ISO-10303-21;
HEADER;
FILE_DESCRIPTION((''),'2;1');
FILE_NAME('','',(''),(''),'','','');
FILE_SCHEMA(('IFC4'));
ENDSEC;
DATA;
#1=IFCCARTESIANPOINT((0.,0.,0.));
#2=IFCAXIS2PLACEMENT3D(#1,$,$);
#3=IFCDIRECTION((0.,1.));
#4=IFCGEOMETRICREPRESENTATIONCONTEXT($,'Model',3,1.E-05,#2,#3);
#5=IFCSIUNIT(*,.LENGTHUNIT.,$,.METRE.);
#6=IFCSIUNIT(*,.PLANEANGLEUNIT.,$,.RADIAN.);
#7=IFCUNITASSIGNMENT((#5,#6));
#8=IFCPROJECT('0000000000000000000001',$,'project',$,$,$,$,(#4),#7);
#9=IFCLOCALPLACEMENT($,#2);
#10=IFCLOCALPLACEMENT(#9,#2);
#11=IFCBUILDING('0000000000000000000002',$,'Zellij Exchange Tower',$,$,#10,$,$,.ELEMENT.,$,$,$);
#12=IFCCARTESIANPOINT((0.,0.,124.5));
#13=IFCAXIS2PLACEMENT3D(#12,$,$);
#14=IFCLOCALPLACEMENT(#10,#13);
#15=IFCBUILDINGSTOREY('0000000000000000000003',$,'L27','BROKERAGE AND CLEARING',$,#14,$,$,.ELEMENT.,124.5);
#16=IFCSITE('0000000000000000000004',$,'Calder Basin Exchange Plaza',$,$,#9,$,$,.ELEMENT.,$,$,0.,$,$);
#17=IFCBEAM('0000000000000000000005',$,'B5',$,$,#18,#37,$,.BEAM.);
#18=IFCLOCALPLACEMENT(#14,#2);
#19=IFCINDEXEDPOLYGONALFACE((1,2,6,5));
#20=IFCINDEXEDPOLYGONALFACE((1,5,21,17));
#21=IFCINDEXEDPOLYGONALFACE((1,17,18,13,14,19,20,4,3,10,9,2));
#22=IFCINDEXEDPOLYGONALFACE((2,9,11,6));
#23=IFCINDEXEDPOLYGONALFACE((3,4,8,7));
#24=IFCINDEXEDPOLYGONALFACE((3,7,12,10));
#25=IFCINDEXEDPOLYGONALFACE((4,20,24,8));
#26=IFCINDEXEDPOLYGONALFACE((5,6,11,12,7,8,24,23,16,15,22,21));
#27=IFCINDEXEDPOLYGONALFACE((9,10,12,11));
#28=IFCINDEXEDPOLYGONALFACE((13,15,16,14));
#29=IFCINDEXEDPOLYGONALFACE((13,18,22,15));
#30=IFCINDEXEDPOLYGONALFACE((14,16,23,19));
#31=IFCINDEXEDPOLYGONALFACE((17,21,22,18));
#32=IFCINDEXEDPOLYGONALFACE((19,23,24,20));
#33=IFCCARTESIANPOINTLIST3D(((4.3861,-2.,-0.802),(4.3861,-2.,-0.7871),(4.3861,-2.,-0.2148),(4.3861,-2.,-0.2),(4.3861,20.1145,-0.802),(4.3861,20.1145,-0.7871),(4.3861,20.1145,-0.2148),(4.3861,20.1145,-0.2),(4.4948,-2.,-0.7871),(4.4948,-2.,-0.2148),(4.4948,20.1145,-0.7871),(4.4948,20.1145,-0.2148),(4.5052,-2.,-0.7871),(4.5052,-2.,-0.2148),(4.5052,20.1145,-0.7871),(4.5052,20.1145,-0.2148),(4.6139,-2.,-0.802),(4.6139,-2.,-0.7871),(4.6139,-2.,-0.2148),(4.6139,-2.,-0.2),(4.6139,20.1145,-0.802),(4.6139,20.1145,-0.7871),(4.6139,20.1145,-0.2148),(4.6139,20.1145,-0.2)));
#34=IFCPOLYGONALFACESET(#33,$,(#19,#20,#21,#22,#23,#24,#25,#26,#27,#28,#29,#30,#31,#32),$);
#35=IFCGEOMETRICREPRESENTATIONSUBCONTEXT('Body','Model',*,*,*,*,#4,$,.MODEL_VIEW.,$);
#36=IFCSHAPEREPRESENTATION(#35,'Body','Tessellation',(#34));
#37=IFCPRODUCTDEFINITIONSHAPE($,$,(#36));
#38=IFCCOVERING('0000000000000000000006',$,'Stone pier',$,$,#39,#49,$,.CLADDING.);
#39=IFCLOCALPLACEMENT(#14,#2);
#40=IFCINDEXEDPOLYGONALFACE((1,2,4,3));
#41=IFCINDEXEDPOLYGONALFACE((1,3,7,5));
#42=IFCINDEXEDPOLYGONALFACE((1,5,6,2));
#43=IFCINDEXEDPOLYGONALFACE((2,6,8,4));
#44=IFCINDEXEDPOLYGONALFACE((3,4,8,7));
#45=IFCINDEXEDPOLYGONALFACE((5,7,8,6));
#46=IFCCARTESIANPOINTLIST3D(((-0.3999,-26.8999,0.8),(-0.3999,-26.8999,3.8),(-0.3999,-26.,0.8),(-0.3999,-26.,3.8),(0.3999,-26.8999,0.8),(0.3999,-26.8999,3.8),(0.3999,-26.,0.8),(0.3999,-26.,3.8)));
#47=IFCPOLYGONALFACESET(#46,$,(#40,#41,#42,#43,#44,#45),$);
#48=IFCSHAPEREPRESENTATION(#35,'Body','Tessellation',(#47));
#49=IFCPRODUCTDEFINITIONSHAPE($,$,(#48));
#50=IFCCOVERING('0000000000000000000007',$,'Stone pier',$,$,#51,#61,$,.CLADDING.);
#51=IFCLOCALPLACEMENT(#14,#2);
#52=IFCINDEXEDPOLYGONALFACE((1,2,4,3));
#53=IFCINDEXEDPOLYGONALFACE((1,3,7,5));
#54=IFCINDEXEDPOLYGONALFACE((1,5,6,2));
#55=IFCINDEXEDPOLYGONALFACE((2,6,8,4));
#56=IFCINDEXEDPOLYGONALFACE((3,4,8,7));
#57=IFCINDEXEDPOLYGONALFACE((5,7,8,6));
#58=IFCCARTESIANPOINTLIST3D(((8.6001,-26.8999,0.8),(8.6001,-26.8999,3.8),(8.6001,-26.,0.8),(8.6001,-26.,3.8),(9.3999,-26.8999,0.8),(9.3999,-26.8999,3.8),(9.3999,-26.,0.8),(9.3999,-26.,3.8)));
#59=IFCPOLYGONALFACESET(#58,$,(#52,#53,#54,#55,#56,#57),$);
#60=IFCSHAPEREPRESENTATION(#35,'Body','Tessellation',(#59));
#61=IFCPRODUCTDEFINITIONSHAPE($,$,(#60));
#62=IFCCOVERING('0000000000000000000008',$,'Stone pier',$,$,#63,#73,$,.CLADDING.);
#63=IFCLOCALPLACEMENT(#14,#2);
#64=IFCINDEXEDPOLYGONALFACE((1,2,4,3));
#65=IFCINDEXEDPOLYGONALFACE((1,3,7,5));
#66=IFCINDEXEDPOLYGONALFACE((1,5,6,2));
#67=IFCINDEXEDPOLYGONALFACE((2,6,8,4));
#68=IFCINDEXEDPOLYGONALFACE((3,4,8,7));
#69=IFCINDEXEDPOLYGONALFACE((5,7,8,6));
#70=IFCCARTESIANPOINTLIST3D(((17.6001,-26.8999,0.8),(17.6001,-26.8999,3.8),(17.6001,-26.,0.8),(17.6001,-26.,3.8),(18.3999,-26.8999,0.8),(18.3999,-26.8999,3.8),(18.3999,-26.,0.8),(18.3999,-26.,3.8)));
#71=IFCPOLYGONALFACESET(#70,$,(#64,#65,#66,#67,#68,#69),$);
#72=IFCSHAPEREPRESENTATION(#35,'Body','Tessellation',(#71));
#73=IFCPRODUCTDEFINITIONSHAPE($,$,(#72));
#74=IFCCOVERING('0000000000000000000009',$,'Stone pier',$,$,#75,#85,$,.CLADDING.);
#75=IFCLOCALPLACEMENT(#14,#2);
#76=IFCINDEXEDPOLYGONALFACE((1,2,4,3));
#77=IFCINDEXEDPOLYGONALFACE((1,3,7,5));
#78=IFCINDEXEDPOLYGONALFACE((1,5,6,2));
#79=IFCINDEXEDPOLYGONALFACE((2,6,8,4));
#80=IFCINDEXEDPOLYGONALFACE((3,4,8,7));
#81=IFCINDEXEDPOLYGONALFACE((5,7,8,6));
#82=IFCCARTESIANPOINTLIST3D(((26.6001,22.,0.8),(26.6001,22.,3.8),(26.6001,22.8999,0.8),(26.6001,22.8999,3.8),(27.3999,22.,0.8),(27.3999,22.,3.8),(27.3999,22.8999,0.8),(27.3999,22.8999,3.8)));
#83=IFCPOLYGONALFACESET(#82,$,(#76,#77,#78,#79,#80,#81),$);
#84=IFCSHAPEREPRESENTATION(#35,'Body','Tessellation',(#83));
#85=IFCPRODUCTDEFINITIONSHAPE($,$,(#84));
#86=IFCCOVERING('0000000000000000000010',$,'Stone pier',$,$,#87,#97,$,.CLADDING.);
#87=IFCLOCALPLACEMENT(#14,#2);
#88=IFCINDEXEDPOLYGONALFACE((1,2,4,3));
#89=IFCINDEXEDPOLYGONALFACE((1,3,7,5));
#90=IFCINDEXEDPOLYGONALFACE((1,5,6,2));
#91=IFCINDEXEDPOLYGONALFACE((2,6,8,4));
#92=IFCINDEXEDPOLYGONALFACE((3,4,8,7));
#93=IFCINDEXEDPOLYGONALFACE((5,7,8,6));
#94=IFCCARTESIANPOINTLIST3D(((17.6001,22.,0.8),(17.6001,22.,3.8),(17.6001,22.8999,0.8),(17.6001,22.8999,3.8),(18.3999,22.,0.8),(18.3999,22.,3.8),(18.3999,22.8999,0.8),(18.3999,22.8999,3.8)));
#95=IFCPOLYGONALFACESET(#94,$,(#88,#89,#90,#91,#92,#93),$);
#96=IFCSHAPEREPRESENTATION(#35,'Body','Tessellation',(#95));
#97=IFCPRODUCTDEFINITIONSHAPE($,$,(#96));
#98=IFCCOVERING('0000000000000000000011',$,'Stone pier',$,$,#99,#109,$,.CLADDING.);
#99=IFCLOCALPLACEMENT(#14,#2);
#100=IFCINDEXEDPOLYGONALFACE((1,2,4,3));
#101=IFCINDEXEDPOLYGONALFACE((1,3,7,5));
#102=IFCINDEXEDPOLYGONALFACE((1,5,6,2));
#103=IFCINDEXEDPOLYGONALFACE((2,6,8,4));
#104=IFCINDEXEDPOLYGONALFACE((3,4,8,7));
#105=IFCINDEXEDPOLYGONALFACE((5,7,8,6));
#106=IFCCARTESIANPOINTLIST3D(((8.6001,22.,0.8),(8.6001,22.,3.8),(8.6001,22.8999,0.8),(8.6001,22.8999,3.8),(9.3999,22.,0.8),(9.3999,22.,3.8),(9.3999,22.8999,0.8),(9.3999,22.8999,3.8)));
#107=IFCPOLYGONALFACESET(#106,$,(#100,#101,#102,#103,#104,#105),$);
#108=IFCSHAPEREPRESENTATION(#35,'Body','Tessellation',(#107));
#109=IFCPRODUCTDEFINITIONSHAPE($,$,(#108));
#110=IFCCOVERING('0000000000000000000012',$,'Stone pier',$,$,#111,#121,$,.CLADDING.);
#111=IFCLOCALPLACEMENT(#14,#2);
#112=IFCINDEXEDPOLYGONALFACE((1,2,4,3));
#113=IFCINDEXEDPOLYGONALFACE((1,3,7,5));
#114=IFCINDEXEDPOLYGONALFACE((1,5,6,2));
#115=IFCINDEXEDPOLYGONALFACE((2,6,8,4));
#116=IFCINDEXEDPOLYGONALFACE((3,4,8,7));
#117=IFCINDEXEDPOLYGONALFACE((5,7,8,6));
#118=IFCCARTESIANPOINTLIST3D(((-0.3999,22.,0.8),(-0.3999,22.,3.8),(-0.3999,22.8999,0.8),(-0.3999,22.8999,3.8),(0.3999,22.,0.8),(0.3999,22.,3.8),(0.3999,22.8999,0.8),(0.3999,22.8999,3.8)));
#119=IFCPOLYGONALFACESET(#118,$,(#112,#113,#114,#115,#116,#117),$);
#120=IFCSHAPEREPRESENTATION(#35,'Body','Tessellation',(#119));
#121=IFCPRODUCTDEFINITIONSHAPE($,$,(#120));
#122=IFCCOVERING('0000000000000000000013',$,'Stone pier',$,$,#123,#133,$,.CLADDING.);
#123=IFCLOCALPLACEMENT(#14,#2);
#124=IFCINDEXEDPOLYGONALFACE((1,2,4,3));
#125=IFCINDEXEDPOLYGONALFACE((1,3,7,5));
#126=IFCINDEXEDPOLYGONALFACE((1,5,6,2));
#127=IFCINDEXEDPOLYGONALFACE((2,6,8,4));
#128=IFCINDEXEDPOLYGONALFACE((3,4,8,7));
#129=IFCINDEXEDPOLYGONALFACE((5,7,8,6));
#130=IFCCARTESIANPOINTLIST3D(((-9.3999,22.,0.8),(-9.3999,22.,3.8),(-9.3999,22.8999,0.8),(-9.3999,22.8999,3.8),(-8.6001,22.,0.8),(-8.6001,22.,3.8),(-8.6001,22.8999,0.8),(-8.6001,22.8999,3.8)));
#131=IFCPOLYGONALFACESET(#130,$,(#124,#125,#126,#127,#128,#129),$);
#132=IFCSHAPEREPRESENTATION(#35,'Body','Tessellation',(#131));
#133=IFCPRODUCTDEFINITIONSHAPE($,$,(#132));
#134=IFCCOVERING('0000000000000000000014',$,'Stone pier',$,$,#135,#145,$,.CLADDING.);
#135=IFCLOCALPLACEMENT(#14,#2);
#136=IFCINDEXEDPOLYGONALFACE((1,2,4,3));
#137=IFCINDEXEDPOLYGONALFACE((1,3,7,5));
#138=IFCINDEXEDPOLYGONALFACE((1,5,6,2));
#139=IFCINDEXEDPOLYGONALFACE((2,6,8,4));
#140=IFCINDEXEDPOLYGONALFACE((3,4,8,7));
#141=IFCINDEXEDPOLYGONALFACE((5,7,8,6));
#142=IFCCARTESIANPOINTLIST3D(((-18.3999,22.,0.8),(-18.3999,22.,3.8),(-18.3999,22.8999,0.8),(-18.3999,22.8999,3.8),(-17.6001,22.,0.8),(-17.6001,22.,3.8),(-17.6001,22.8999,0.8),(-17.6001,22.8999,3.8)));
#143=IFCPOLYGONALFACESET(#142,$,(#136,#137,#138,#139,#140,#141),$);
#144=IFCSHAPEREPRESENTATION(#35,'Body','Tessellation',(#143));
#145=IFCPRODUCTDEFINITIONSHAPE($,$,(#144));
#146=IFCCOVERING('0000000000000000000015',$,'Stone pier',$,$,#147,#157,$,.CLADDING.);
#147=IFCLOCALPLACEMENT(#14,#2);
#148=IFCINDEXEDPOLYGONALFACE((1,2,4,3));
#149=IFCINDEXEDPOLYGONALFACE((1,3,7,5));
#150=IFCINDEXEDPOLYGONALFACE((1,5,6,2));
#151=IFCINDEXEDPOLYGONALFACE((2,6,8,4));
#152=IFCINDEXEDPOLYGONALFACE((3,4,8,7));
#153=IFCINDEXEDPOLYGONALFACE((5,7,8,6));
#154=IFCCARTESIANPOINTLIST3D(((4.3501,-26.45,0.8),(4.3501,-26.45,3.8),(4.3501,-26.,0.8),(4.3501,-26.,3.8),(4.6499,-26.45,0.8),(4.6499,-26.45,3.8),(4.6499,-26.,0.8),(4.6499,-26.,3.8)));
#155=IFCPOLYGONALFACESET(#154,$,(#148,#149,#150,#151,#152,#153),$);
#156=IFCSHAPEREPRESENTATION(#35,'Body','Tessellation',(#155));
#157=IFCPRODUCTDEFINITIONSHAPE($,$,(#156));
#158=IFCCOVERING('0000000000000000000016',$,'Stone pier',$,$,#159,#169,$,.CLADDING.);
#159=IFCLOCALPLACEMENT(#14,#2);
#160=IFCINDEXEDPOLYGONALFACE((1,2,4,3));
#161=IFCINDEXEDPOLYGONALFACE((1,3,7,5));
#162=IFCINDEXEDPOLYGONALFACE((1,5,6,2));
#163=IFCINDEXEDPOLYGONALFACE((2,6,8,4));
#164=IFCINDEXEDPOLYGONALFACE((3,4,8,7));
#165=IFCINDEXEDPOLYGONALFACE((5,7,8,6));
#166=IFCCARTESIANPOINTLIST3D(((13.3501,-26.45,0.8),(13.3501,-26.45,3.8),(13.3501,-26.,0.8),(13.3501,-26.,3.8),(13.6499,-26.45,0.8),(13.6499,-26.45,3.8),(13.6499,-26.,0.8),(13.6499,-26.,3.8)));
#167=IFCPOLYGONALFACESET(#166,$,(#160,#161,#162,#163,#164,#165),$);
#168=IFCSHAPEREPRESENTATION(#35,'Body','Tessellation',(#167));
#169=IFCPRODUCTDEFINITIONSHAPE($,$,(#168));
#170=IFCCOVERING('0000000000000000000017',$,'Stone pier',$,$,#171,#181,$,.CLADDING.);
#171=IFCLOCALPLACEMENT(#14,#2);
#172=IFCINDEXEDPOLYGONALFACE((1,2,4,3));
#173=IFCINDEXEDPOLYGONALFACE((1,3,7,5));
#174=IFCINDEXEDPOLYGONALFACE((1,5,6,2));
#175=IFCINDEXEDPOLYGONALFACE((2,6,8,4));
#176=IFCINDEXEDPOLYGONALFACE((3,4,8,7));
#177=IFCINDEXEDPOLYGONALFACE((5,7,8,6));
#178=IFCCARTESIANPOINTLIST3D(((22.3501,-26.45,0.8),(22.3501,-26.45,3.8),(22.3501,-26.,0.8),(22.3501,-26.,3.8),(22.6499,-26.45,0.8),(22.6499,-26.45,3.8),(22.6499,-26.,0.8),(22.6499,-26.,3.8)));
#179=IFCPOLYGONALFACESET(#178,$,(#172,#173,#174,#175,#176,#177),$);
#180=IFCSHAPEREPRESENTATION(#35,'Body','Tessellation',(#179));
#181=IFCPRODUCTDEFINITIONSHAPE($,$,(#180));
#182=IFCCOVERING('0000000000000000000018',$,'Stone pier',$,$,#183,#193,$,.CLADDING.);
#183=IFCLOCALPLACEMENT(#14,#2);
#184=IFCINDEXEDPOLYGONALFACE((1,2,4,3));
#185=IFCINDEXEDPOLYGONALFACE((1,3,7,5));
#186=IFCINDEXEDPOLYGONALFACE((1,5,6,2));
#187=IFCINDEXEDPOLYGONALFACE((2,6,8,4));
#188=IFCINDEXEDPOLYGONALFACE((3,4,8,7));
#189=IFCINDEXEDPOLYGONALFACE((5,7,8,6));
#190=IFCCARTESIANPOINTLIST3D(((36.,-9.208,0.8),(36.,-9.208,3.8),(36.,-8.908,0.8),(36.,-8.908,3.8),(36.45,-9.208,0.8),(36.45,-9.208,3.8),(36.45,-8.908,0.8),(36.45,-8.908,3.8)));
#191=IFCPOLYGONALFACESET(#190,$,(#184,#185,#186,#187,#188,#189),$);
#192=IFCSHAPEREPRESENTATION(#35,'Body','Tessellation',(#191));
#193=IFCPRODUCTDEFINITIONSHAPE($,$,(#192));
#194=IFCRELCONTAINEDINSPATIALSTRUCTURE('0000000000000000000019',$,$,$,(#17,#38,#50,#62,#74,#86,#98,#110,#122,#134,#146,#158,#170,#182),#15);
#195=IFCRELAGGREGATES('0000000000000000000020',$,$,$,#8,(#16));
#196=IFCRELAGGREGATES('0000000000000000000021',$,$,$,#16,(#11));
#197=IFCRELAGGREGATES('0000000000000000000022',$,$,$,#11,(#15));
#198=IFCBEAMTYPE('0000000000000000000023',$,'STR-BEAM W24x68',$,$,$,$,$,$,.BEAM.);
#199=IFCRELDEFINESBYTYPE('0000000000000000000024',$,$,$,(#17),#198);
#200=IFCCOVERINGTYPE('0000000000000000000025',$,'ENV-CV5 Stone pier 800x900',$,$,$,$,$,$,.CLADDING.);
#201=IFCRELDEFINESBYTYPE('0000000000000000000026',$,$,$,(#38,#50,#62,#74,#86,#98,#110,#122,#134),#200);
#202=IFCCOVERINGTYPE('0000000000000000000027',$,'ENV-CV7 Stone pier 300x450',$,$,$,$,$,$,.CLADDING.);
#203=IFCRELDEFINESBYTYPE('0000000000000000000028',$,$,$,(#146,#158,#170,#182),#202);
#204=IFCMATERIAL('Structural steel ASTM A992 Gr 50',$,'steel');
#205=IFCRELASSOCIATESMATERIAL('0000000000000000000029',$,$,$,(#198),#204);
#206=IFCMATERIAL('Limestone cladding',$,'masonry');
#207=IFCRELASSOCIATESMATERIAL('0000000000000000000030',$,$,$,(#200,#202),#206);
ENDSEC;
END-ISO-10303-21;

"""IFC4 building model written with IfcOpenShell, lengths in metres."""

from ifc_helpers import new_model, si_unit, direction, frame, origin, origin_2d, place, context, subcontext, project, spatial, polyline, i_section, outline, extrude, material, material_profile, profile_set, type_object, element, save


model = new_model("IFC4")

# Units and contexts
model_context = context("Model", 3, precision=1e-05, world=origin(), true_north=direction((0.0, 1.0)))
body_context = subcontext(model_context, "Body", "Model", "MODEL_VIEW")
ifc_project = project(units=[si_unit("LENGTHUNIT", "METRE"), si_unit("PLANEANGLEUNIT", "RADIAN")], contexts=[model_context])

# Site, building, storey
site_placement = place(None, origin())
site = spatial("IfcSite", under=ifc_project, at=site_placement, Name="Calder Basin Exchange Plaza", CompositionType="ELEMENT", RefElevation=0.0)
building_placement = place(site_placement, origin())
building = spatial("IfcBuilding", under=site, at=building_placement, Name="Zellij Exchange Tower", CompositionType="ELEMENT")
storey_placement = place(building_placement, frame((0.0, 0.0, 124.5)))
storey = spatial("IfcBuildingStorey", under=building, at=storey_placement, Name="L27", Description="BROKERAGE AND CLEARING", CompositionType="ELEMENT", Elevation=124.5)

# Beam
ifc_material_1 = material(Name="Structural steel ASTM A992 Gr 50", Category="steel")
ifc_material_profile = material_profile(ifc_material_1, i_section(OverallWidth=0.2278, OverallDepth=0.6021, WebThickness=0.0105, FlangeThickness=0.0149, at=origin_2d()), Name="W24x68")
ifc_profile_set = profile_set([ifc_material_profile], Name="Structural steel ASTM A992 Gr 50")
beam_type = type_object("IfcBeamType", Name="STR-BEAM W24x68", PredefinedType="BEAM", material=ifc_profile_set)
beam_placement = place(storey_placement, frame((4.5, -2.0, -0.501), z_axis=(0.0, 1.0, 0.0), x_axis=(-1.0, 0.0, 0.0)))
element("IfcBeam", 1, at=beam_placement, inside=storey, type_object=beam_type, Name="B5", PredefinedType="BEAM", context=body_context, shape_type="SweptSolid", body=[
    extrude(i_section(OverallWidth=0.2278, OverallDepth=0.6021, WebThickness=0.0105, FlangeThickness=0.0149, at=origin_2d()), origin(), (0.0, 0.0, 1.0), 22.1145),
])

# Coverings
ifc_material_2 = material(Name="Limestone cladding", Category="masonry")
covering_type_1 = type_object("IfcCoveringType", Name="ENV-CV5 Stone pier 800x900", PredefinedType="CLADDING", material=ifc_material_2)
covering_1_placement = place(storey_placement, frame((0.0, 0.0, 0.8)))
element("IfcCovering", 2, at=covering_1_placement, inside=storey, type_object=covering_type_1, Name="Stone pier", PredefinedType="CLADDING", context=body_context, shape_type="SweptSolid", body=[
    extrude(outline(polyline([(-0.3999, -26.0), (0.3999, -26.0), (0.3999, -26.8999), (-0.3999, -26.8999), (-0.3999, -26.0)])), origin(), (0.0, 0.0, 1.0), 3.0),
])
covering_2_placement = place(storey_placement, frame((0.0, 0.0, 0.8)))
element("IfcCovering", 3, at=covering_2_placement, inside=storey, type_object=covering_type_1, Name="Stone pier", PredefinedType="CLADDING", context=body_context, shape_type="SweptSolid", body=[
    extrude(outline(polyline([(8.6001, -26.0), (9.3999, -26.0), (9.3999, -26.8999), (8.6001, -26.8999), (8.6001, -26.0)])), origin(), (0.0, 0.0, 1.0), 3.0),
])
covering_3_placement = place(storey_placement, frame((0.0, 0.0, 0.8)))
element("IfcCovering", 4, at=covering_3_placement, inside=storey, type_object=covering_type_1, Name="Stone pier", PredefinedType="CLADDING", context=body_context, shape_type="SweptSolid", body=[
    extrude(outline(polyline([(17.6001, -26.0), (18.3999, -26.0), (18.3999, -26.8999), (17.6001, -26.8999), (17.6001, -26.0)])), origin(), (0.0, 0.0, 1.0), 3.0),
])
covering_4_placement = place(storey_placement, frame((0.0, 0.0, 0.8)))
element("IfcCovering", 5, at=covering_4_placement, inside=storey, type_object=covering_type_1, Name="Stone pier", PredefinedType="CLADDING", context=body_context, shape_type="SweptSolid", body=[
    extrude(outline(polyline([(27.3999, 22.0), (26.6001, 22.0), (26.6001, 22.8999), (27.3999, 22.8999), (27.3999, 22.0)])), origin(), (0.0, 0.0, 1.0), 3.0),
])
covering_5_placement = place(storey_placement, frame((0.0, 0.0, 0.8)))
element("IfcCovering", 6, at=covering_5_placement, inside=storey, type_object=covering_type_1, Name="Stone pier", PredefinedType="CLADDING", context=body_context, shape_type="SweptSolid", body=[
    extrude(outline(polyline([(18.3999, 22.0), (17.6001, 22.0), (17.6001, 22.8999), (18.3999, 22.8999), (18.3999, 22.0)])), origin(), (0.0, 0.0, 1.0), 3.0),
])
covering_6_placement = place(storey_placement, frame((0.0, 0.0, 0.8)))
element("IfcCovering", 7, at=covering_6_placement, inside=storey, type_object=covering_type_1, Name="Stone pier", PredefinedType="CLADDING", context=body_context, shape_type="SweptSolid", body=[
    extrude(outline(polyline([(9.3999, 22.0), (8.6001, 22.0), (8.6001, 22.8999), (9.3999, 22.8999), (9.3999, 22.0)])), origin(), (0.0, 0.0, 1.0), 3.0),
])
covering_7_placement = place(storey_placement, frame((0.0, 0.0, 0.8)))
element("IfcCovering", 8, at=covering_7_placement, inside=storey, type_object=covering_type_1, Name="Stone pier", PredefinedType="CLADDING", context=body_context, shape_type="SweptSolid", body=[
    extrude(outline(polyline([(0.3999, 22.0), (-0.3999, 22.0), (-0.3999, 22.8999), (0.3999, 22.8999), (0.3999, 22.0)])), origin(), (0.0, 0.0, 1.0), 3.0),
])
covering_8_placement = place(storey_placement, frame((0.0, 0.0, 0.8)))
element("IfcCovering", 9, at=covering_8_placement, inside=storey, type_object=covering_type_1, Name="Stone pier", PredefinedType="CLADDING", context=body_context, shape_type="SweptSolid", body=[
    extrude(outline(polyline([(-8.6001, 22.0), (-9.3999, 22.0), (-9.3999, 22.8999), (-8.6001, 22.8999), (-8.6001, 22.0)])), origin(), (0.0, 0.0, 1.0), 3.0),
])
covering_9_placement = place(storey_placement, frame((0.0, 0.0, 0.8)))
element("IfcCovering", 10, at=covering_9_placement, inside=storey, type_object=covering_type_1, Name="Stone pier", PredefinedType="CLADDING", context=body_context, shape_type="SweptSolid", body=[
    extrude(outline(polyline([(-17.6001, 22.0), (-18.3999, 22.0), (-18.3999, 22.8999), (-17.6001, 22.8999), (-17.6001, 22.0)])), origin(), (0.0, 0.0, 1.0), 3.0),
])
covering_type_2 = type_object("IfcCoveringType", Name="ENV-CV7 Stone pier 300x450", PredefinedType="CLADDING", material=ifc_material_2)
covering_10_placement = place(storey_placement, frame((0.0, 0.0, 0.8)))
element("IfcCovering", 11, at=covering_10_placement, inside=storey, type_object=covering_type_2, Name="Stone pier", PredefinedType="CLADDING", context=body_context, shape_type="SweptSolid", body=[
    extrude(outline(polyline([(4.3501, -26.0), (4.6499, -26.0), (4.6499, -26.45), (4.3501, -26.45), (4.3501, -26.0)])), origin(), (0.0, 0.0, 1.0), 3.0),
])
covering_11_placement = place(storey_placement, frame((0.0, 0.0, 0.8)))
element("IfcCovering", 12, at=covering_11_placement, inside=storey, type_object=covering_type_2, Name="Stone pier", PredefinedType="CLADDING", context=body_context, shape_type="SweptSolid", body=[
    extrude(outline(polyline([(13.3501, -26.0), (13.6499, -26.0), (13.6499, -26.45), (13.3501, -26.45), (13.3501, -26.0)])), origin(), (0.0, 0.0, 1.0), 3.0),
])
covering_12_placement = place(storey_placement, frame((0.0, 0.0, 0.8)))
element("IfcCovering", 13, at=covering_12_placement, inside=storey, type_object=covering_type_2, Name="Stone pier", PredefinedType="CLADDING", context=body_context, shape_type="SweptSolid", body=[
    extrude(outline(polyline([(22.3501, -26.0), (22.6499, -26.0), (22.6499, -26.45), (22.3501, -26.45), (22.3501, -26.0)])), origin(), (0.0, 0.0, 1.0), 3.0),
])
covering_13_placement = place(storey_placement, frame((0.0, 0.0, 0.8)))
element("IfcCovering", 14, at=covering_13_placement, inside=storey, type_object=covering_type_2, Name="Stone pier", PredefinedType="CLADDING", context=body_context, shape_type="SweptSolid", body=[
    extrude(outline(polyline([(36.0, -9.208), (36.0, -8.908), (36.45, -8.908), (36.45, -9.208), (36.0, -9.208)])), origin(), (0.0, 0.0, 1.0), 3.0),
])

save(model, "model.ifc")
